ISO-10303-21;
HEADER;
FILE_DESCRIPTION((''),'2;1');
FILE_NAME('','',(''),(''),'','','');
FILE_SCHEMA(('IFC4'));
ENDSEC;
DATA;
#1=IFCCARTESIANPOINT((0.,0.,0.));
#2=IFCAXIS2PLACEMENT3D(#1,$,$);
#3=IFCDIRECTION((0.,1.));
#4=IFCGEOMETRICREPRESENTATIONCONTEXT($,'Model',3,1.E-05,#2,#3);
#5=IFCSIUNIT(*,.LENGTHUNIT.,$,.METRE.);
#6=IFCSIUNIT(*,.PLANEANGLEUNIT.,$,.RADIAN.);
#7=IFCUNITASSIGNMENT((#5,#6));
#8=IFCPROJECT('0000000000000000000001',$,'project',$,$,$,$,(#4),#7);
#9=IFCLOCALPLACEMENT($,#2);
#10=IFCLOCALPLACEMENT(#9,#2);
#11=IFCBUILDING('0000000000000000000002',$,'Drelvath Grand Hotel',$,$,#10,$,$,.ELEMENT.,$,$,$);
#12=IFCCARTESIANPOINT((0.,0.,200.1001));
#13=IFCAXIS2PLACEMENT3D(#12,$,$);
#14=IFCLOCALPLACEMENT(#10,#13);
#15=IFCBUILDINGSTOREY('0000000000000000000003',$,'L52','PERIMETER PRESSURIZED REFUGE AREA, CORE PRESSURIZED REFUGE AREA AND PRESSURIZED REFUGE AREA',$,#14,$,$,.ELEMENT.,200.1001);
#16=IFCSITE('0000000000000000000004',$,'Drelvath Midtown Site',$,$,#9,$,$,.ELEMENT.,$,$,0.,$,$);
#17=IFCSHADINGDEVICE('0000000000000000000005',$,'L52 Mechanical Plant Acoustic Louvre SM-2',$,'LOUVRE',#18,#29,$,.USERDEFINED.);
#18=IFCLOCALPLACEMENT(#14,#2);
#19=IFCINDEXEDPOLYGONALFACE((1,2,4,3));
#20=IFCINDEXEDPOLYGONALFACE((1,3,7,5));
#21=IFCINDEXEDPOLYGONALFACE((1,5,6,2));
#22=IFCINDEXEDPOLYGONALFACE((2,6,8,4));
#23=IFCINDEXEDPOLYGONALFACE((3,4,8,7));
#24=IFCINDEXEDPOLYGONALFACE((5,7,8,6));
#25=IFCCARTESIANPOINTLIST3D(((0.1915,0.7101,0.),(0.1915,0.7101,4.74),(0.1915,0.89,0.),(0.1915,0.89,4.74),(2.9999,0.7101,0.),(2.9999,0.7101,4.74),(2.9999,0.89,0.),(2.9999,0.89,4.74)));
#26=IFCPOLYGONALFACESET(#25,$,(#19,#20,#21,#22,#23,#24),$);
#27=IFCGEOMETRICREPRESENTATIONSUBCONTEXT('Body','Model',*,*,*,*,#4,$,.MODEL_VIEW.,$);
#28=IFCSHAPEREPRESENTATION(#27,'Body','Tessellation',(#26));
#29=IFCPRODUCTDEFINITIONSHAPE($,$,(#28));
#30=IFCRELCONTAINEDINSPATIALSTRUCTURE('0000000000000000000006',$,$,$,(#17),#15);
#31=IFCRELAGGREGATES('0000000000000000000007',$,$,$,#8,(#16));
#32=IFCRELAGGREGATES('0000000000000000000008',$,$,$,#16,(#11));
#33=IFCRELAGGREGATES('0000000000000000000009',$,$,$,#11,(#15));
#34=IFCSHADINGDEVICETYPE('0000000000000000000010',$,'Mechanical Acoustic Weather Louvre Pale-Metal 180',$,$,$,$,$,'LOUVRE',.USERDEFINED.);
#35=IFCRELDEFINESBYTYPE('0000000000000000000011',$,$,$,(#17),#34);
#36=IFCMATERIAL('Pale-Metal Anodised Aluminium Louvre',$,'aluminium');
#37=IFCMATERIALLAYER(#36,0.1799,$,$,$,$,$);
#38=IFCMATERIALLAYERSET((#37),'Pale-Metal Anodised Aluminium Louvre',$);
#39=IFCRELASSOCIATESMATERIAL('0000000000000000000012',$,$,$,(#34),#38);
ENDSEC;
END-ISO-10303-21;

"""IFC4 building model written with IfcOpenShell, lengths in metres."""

from ifc_helpers import new_model, si_unit, direction, frame, origin, origin_2d, place, context, subcontext, project, spatial, rectangle, extrude, material, layer, layer_set, type_object, element, save


model = new_model("IFC4")

# Units and contexts
model_context = context("Model", 3, precision=1e-05, world=origin(), true_north=direction((0.0, 1.0)))
body_context = subcontext(model_context, "Body", "Model", "MODEL_VIEW")
ifc_project = project(units=[si_unit("LENGTHUNIT", "METRE"), si_unit("PLANEANGLEUNIT", "RADIAN")], contexts=[model_context])

# Site, building, storey
site_placement = place(None, origin())
site = spatial("IfcSite", under=ifc_project, at=site_placement, Name="Drelvath Midtown Site", CompositionType="ELEMENT", RefElevation=0.0)
building_placement = place(site_placement, origin())
building = spatial("IfcBuilding", under=site, at=building_placement, Name="Drelvath Grand Hotel", CompositionType="ELEMENT")
storey_placement = place(building_placement, frame((0.0, 0.0, 200.1001)))
storey = spatial("IfcBuildingStorey", under=building, at=storey_placement, Name="L52", Description="PERIMETER PRESSURIZED REFUGE AREA, CORE PRESSURIZED REFUGE AREA AND PRESSURIZED REFUGE AREA", CompositionType="ELEMENT", Elevation=200.1001)

# Shading device
ifc_material_1 = material(Name="Pale-Metal Anodised Aluminium Louvre", Category="aluminium")
ifc_layer_1 = layer(ifc_material_1, 0.1799)
ifc_layer_set_1 = layer_set([ifc_layer_1], Name="Pale-Metal Anodised Aluminium Louvre")
shading_device_type = type_object("IfcShadingDeviceType", Name="Mechanical Acoustic Weather Louvre Pale-Metal 180", ElementType="LOUVRE", PredefinedType="USERDEFINED", material=ifc_layer_set_1)
shading_device_1_placement = place(storey_placement, frame((1.5957, 0.8, 0.0), z_axis=(0.0, 0.0, 1.0), x_axis=(1.0, 0.0, 0.0)))
element("IfcShadingDevice", 1, at=shading_device_1_placement, inside=storey, type_object=shading_device_type, Name="L52 Mechanical Plant Acoustic Louvre SM-2", ObjectType="LOUVRE", PredefinedType="USERDEFINED", context=body_context, shape_type="SweptSolid", body=[
    extrude(rectangle(XDim=2.8083, YDim=0.1799, at=origin_2d()), origin(), (0.0, 0.0, 1.0), 4.74),
])

save(model, "model.ifc")
